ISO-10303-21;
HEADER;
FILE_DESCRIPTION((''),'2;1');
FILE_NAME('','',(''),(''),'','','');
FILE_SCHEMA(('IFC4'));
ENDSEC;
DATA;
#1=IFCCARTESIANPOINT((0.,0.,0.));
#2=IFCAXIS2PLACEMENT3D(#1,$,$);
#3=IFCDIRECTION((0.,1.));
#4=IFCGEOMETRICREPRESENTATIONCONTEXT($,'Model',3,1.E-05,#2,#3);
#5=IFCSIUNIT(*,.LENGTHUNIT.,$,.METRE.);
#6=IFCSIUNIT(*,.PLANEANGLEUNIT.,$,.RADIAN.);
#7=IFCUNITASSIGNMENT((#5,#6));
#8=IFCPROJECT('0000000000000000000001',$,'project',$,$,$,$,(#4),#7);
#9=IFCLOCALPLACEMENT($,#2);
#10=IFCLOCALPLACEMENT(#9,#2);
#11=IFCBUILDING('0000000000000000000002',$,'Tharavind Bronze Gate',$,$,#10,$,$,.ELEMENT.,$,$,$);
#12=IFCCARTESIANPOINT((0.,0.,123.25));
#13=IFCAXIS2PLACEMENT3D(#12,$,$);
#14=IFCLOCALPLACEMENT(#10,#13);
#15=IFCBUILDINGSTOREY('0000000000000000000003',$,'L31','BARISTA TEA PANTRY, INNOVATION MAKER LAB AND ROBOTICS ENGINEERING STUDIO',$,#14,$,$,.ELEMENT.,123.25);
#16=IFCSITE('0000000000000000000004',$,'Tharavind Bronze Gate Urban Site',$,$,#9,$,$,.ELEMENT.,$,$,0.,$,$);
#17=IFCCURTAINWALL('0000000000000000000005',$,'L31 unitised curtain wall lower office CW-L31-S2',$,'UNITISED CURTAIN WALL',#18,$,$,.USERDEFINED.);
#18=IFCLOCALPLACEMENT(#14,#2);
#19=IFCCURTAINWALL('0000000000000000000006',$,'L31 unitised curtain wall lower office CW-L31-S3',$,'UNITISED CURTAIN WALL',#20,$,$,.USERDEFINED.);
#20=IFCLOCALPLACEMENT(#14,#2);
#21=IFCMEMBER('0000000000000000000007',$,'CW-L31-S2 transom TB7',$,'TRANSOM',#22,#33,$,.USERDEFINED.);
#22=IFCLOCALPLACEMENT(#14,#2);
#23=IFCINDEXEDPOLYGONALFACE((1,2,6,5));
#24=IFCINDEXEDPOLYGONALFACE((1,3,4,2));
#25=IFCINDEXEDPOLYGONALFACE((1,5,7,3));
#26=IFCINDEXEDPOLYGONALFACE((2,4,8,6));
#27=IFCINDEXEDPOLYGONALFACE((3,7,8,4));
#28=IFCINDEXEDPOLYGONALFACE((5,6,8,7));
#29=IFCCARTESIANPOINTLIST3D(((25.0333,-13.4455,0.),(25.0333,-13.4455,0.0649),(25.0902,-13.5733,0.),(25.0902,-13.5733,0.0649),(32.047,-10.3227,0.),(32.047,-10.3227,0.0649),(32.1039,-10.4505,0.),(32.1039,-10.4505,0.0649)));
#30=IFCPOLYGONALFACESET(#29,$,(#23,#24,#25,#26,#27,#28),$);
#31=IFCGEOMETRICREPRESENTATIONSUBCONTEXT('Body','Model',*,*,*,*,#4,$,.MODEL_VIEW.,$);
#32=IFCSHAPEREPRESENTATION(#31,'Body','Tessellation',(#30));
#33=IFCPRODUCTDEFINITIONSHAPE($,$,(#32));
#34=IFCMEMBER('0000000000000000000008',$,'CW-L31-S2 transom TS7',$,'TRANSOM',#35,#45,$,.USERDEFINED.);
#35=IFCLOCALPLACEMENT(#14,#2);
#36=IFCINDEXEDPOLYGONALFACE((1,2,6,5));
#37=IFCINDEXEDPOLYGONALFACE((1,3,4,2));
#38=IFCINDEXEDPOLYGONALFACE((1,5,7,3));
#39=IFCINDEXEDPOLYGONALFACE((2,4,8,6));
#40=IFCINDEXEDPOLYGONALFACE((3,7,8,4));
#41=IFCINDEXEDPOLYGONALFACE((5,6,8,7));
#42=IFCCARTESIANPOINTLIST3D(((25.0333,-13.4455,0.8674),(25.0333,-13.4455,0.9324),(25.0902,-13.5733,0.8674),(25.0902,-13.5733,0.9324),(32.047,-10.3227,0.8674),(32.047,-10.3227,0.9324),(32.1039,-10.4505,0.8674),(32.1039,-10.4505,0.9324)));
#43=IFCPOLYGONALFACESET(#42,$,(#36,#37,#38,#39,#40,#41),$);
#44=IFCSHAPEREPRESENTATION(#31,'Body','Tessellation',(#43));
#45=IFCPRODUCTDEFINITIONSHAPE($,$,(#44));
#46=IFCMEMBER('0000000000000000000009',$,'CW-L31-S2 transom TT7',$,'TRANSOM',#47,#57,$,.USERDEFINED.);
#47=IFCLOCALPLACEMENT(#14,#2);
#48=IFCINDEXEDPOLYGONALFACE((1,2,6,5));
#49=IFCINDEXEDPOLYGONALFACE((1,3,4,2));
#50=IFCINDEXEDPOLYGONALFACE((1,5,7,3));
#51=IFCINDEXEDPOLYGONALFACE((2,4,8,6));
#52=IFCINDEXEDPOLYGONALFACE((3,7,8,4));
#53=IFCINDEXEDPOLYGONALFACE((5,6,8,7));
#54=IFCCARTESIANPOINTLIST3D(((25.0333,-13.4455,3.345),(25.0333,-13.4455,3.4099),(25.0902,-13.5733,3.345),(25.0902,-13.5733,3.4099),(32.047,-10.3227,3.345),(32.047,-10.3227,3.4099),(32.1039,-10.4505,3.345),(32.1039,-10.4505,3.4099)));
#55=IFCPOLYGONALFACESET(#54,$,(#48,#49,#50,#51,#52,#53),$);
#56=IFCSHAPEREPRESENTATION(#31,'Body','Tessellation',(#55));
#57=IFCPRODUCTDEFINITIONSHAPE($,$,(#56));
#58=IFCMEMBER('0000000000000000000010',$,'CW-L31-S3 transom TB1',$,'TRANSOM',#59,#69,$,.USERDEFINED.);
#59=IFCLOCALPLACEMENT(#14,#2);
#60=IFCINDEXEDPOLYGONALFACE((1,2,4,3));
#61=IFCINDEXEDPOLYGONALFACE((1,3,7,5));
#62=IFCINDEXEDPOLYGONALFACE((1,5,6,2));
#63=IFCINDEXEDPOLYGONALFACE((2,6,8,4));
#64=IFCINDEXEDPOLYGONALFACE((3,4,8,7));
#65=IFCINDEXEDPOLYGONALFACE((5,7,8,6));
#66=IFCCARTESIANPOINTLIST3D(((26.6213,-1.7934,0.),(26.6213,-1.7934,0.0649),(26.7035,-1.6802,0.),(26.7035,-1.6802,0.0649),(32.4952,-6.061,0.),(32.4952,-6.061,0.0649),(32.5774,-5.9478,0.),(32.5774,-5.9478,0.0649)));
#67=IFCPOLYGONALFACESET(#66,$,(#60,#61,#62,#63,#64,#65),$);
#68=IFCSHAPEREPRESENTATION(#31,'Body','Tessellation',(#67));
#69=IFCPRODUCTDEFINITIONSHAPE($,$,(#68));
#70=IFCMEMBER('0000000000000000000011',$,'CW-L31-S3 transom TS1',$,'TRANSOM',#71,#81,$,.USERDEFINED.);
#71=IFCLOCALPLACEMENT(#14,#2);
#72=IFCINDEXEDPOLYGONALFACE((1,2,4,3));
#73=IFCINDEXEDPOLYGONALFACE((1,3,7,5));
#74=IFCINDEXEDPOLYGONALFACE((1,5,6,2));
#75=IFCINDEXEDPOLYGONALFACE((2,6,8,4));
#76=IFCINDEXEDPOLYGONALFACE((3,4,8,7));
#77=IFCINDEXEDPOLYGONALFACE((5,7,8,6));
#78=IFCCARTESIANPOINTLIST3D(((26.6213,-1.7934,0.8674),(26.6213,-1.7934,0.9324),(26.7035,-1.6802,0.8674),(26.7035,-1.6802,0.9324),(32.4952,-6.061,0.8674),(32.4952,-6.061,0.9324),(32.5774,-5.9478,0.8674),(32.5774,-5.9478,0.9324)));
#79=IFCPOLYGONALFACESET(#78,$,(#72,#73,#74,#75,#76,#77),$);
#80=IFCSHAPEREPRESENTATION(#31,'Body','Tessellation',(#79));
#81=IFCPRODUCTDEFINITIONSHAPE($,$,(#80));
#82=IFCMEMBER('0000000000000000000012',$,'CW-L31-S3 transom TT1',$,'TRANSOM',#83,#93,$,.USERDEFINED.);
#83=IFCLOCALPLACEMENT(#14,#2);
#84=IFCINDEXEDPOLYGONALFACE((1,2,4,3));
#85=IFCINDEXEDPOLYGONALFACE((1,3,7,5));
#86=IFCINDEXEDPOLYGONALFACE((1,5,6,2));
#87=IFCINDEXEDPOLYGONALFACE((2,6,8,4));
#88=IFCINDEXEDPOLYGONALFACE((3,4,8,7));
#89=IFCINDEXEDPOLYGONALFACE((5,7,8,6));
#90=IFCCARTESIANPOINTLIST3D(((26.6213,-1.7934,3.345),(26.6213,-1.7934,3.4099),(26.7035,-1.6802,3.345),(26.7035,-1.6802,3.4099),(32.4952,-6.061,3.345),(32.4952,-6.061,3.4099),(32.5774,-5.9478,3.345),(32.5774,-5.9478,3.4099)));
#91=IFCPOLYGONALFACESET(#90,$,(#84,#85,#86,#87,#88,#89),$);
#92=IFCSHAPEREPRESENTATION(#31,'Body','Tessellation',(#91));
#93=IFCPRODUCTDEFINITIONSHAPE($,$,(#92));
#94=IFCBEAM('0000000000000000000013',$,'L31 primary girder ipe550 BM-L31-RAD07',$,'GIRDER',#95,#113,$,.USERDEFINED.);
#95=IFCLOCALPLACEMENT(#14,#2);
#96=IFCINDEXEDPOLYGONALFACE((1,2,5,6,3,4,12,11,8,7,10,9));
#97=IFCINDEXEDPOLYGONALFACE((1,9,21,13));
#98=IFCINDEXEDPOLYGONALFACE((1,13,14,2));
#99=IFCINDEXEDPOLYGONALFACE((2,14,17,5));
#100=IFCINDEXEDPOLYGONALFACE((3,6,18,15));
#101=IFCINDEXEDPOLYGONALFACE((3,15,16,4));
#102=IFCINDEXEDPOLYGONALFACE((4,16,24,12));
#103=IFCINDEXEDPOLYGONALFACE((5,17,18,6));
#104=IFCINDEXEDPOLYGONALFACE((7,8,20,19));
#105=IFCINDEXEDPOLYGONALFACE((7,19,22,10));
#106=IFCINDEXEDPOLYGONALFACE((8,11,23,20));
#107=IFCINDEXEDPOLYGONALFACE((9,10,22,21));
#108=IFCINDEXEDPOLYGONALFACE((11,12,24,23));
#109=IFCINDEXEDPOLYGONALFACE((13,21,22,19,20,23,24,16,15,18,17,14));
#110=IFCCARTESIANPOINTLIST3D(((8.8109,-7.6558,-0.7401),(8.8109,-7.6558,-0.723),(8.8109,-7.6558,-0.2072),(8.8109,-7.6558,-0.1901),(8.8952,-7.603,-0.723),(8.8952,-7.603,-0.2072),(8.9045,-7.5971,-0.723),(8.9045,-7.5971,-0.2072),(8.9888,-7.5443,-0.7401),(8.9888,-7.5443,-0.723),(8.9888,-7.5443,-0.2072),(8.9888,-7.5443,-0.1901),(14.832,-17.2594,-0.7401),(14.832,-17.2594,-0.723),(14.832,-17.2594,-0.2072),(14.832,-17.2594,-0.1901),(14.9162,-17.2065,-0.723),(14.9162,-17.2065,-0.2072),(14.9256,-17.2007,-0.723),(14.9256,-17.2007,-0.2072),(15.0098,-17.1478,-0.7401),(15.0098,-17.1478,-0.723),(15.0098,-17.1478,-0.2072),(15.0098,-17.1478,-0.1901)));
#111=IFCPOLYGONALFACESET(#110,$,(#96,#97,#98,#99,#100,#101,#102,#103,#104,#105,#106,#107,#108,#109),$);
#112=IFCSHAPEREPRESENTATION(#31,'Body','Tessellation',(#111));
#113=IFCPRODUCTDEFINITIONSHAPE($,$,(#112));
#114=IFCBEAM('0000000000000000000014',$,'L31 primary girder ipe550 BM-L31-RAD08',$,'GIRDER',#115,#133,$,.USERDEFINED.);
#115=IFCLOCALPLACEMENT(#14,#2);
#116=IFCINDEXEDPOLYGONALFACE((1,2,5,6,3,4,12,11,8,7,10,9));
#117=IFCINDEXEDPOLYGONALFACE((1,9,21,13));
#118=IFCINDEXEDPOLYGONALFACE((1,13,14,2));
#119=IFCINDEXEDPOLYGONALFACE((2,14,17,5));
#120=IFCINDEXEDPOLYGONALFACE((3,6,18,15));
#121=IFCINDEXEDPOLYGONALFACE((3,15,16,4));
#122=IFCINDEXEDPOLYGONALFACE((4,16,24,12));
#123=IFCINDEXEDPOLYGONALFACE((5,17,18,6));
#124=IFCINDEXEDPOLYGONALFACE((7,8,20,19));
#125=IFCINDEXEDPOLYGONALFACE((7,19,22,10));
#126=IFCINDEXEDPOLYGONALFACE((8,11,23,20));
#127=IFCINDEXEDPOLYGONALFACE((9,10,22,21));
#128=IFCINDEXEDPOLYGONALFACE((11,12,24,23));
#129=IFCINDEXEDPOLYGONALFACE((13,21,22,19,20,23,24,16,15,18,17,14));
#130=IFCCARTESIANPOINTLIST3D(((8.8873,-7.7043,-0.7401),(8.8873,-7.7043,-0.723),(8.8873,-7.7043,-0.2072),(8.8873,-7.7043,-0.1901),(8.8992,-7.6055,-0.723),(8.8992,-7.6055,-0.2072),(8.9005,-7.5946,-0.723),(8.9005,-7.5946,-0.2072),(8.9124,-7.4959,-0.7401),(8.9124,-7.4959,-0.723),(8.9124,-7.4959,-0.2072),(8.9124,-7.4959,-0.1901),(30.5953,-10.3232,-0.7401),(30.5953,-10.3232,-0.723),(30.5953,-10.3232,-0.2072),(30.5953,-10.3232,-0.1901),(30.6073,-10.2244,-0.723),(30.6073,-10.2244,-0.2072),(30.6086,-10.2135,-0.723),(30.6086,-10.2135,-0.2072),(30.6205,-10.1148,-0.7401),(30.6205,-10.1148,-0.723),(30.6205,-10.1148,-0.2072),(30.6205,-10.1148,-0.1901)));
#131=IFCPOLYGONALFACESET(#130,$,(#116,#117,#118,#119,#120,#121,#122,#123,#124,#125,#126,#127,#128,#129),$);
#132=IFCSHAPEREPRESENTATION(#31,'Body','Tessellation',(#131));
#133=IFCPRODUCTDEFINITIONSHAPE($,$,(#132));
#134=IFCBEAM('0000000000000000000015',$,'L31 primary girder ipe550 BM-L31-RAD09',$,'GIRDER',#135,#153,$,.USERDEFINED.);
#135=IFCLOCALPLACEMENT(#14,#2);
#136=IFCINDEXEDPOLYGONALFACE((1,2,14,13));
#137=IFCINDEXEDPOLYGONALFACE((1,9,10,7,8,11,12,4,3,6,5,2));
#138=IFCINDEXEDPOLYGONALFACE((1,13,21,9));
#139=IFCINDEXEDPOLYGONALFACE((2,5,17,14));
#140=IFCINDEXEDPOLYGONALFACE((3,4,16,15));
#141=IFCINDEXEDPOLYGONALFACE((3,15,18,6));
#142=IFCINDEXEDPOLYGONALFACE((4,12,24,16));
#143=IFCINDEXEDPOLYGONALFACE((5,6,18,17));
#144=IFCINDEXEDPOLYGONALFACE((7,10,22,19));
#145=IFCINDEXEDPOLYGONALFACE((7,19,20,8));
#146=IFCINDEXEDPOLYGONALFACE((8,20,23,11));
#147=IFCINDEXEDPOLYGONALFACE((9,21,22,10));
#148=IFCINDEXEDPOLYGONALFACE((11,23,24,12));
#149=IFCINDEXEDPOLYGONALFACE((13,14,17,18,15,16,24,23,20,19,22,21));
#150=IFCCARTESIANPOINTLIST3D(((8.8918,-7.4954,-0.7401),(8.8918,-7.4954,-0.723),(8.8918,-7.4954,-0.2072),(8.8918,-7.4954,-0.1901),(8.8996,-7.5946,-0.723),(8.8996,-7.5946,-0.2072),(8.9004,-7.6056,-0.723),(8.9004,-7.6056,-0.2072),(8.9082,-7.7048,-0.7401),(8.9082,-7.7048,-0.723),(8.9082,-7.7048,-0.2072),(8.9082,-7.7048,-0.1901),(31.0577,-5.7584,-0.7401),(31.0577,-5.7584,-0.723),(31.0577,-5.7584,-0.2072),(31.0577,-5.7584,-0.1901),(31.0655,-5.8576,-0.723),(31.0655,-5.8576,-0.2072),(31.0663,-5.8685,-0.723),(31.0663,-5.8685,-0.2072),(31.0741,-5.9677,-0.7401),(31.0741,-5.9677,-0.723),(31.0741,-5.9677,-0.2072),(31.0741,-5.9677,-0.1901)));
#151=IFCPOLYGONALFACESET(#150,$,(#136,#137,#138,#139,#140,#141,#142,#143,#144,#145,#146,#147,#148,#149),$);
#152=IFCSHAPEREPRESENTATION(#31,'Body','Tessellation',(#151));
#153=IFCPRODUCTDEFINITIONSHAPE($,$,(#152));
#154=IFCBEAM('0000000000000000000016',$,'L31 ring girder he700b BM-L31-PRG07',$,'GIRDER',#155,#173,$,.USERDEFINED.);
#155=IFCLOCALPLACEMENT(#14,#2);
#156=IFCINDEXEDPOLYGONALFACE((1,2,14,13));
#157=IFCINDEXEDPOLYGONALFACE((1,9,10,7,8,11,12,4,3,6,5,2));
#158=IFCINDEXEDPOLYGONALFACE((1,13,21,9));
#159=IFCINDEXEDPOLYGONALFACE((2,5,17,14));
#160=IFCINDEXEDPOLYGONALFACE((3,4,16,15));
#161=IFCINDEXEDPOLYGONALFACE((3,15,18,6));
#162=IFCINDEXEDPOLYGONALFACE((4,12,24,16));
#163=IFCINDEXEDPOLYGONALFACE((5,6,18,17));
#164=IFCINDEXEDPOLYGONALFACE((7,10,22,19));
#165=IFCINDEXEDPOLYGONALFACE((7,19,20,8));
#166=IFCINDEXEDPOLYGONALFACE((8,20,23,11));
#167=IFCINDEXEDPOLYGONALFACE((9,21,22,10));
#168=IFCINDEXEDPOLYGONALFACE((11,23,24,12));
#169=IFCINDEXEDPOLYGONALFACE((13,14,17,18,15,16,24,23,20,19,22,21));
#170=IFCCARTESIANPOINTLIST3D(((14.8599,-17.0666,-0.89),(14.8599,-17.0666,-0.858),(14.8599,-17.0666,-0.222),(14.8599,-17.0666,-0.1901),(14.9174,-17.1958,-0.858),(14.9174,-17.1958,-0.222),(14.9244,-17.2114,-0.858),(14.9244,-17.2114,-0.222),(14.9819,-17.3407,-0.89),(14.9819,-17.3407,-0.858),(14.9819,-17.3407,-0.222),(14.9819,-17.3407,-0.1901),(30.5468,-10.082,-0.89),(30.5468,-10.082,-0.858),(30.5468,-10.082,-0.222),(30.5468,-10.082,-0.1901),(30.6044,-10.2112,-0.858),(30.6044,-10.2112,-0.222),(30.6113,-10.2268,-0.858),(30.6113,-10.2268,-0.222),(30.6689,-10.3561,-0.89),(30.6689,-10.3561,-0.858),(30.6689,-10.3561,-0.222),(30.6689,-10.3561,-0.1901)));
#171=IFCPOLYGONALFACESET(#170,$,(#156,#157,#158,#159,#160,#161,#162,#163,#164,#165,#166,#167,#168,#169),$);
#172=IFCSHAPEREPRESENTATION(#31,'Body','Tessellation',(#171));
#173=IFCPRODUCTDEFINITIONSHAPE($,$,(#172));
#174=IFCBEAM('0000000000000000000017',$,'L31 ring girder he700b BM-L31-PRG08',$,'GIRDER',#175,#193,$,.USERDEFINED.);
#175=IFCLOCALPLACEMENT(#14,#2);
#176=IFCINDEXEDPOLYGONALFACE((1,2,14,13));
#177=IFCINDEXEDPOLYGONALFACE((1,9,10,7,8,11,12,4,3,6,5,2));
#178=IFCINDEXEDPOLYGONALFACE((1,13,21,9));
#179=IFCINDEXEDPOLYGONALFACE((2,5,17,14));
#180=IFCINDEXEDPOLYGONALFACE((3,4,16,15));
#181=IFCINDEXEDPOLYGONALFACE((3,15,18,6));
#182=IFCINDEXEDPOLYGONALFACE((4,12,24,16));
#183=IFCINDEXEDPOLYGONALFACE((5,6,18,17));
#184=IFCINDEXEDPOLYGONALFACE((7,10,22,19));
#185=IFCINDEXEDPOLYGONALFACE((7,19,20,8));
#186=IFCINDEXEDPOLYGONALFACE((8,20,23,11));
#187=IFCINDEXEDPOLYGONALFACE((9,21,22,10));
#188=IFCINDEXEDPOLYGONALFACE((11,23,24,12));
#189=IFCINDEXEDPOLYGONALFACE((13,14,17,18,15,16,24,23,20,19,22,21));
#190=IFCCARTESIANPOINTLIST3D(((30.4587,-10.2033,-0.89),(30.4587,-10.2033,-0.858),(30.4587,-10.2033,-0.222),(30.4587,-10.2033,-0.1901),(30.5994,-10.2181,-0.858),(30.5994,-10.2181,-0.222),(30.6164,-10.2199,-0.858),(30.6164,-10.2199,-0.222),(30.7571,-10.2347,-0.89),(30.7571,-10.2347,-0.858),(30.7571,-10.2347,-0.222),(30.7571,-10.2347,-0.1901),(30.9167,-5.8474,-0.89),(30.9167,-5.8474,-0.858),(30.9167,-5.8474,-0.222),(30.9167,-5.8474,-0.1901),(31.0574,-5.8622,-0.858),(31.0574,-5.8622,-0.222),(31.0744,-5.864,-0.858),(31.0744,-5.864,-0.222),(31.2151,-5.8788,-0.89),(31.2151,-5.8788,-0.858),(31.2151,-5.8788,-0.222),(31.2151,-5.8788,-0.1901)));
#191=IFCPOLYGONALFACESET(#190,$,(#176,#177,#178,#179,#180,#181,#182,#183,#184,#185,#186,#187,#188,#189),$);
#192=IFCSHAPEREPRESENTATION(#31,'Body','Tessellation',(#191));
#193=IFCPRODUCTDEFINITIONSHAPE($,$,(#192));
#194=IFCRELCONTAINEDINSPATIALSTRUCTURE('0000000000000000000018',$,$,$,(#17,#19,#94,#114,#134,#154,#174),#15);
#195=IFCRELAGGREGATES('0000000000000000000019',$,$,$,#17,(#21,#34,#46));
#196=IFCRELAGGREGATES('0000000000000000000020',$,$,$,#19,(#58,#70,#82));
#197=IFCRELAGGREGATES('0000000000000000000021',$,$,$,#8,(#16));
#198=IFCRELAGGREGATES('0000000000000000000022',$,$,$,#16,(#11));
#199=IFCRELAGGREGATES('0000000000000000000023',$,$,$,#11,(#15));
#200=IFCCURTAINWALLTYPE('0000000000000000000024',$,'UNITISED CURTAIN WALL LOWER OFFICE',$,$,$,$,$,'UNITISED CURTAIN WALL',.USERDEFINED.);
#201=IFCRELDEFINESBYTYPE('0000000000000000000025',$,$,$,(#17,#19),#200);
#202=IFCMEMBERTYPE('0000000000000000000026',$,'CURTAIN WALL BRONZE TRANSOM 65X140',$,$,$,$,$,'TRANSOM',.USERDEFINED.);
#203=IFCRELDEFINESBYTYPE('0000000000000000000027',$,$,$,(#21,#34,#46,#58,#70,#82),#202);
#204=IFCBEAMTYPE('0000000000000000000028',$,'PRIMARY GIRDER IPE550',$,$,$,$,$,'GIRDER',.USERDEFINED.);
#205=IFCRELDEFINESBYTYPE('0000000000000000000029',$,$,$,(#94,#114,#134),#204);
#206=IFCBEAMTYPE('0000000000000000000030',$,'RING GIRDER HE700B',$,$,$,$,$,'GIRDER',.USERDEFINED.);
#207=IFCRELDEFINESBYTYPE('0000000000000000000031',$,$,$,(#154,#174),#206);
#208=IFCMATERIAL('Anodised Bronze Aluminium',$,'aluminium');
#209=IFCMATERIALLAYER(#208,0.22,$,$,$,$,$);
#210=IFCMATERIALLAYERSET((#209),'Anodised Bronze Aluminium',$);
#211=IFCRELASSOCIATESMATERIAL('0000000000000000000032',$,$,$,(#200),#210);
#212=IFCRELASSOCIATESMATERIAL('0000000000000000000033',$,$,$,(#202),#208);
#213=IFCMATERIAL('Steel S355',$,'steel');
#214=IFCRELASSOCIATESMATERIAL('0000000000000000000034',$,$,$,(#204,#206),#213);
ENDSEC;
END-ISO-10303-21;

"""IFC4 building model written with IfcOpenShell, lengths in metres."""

from ifc_helpers import new_model, si_unit, direction, frame, origin, origin_2d, place, context, subcontext, project, spatial, rectangle, i_section, extrude, material, layer, layer_set, material_profile, profile_set, type_object, element, aggregate, save


model = new_model("IFC4")

# Units and contexts
model_context = context("Model", 3, precision=1e-05, world=origin(), true_north=direction((0.0, 1.0)))
body_context = subcontext(model_context, "Body", "Model", "MODEL_VIEW")
ifc_project = project(units=[si_unit("LENGTHUNIT", "METRE"), si_unit("PLANEANGLEUNIT", "RADIAN")], contexts=[model_context])

# Site, building, storey
site_placement = place(None, origin())
site = spatial("IfcSite", under=ifc_project, at=site_placement, Name="Tharavind Bronze Gate Urban Site", CompositionType="ELEMENT", RefElevation=0.0)
building_placement = place(site_placement, origin())
building = spatial("IfcBuilding", under=site, at=building_placement, Name="Tharavind Bronze Gate", CompositionType="ELEMENT")
storey_placement = place(building_placement, frame((0.0, 0.0, 123.25)))
storey = spatial("IfcBuildingStorey", under=building, at=storey_placement, Name="L31", Description="BARISTA TEA PANTRY, INNOVATION MAKER LAB AND ROBOTICS ENGINEERING STUDIO", CompositionType="ELEMENT", Elevation=123.25)

# Curtain walls
ifc_material_1 = material(Name="Anodised Bronze Aluminium", Category="aluminium")
ifc_layer_1 = layer(ifc_material_1, 0.22)
ifc_layer_set_1 = layer_set([ifc_layer_1], Name="Anodised Bronze Aluminium")
curtain_wall_type = type_object("IfcCurtainWallType", Name="UNITISED CURTAIN WALL LOWER OFFICE", ElementType="UNITISED CURTAIN WALL", PredefinedType="USERDEFINED", material=ifc_layer_set_1)
curtain_wall_1_placement = place(storey_placement, origin())
curtain_wall_1 = element("IfcCurtainWall", 1, at=curtain_wall_1_placement, inside=storey, type_object=curtain_wall_type, Name="L31 unitised curtain wall lower office CW-L31-S2", ObjectType="UNITISED CURTAIN WALL", PredefinedType="USERDEFINED")
curtain_wall_2_placement = place(storey_placement, origin())
curtain_wall_2 = element("IfcCurtainWall", 2, at=curtain_wall_2_placement, inside=storey, type_object=curtain_wall_type, Name="L31 unitised curtain wall lower office CW-L31-S3", ObjectType="UNITISED CURTAIN WALL", PredefinedType="USERDEFINED")

# Members
member_type_1 = type_object("IfcMemberType", Name="CURTAIN WALL BRONZE TRANSOM 65X140", ElementType="TRANSOM", PredefinedType="USERDEFINED", material=ifc_material_1)
member_1_placement = place(storey_placement, frame((28.5686, -11.948, 0.0), z_axis=(0.0, 0.0, 1.0), x_axis=(0.913545, 0.406737, 0.0)))
member_1 = element("IfcMember", 3, at=member_1_placement, type_object=member_type_1, Name="CW-L31-S2 transom TB7", ObjectType="TRANSOM", PredefinedType="USERDEFINED", context=body_context, shape_type="SweptSolid", body=[
    extrude(rectangle(XDim=7.6775, YDim=0.1399, at=origin_2d()), origin(), (0.0, 0.0, 1.0), 0.0649),
])
member_2_placement = place(storey_placement, frame((28.5686, -11.948, 0.8674), z_axis=(0.0, 0.0, 1.0), x_axis=(0.913545, 0.406737, 0.0)))
member_2 = element("IfcMember", 4, at=member_2_placement, type_object=member_type_1, Name="CW-L31-S2 transom TS7", ObjectType="TRANSOM", PredefinedType="USERDEFINED", context=body_context, shape_type="SweptSolid", body=[
    extrude(rectangle(XDim=7.6775, YDim=0.1399, at=origin_2d()), origin(), (0.0, 0.0, 1.0), 0.0649),
])
member_3_placement = place(storey_placement, frame((28.5686, -11.948, 3.345), z_axis=(0.0, 0.0, 1.0), x_axis=(0.913545, 0.406737, 0.0)))
member_3 = element("IfcMember", 5, at=member_3_placement, type_object=member_type_1, Name="CW-L31-S2 transom TT7", ObjectType="TRANSOM", PredefinedType="USERDEFINED", context=body_context, shape_type="SweptSolid", body=[
    extrude(rectangle(XDim=7.6775, YDim=0.1399, at=origin_2d()), origin(), (0.0, 0.0, 1.0), 0.0649),
])
member_4_placement = place(storey_placement, frame((29.5994, -3.8706, 0.0), z_axis=(0.0, 0.0, 1.0), x_axis=(-0.809017, 0.587785, 0.0)))
member_4 = element("IfcMember", 6, at=member_4_placement, type_object=member_type_1, Name="CW-L31-S3 transom TB1", ObjectType="TRANSOM", PredefinedType="USERDEFINED", context=body_context, shape_type="SweptSolid", body=[
    extrude(rectangle(XDim=7.2605, YDim=0.1399, at=origin_2d()), origin(), (0.0, 0.0, 1.0), 0.0649),
])
member_5_placement = place(storey_placement, frame((29.5994, -3.8706, 0.8674), z_axis=(0.0, 0.0, 1.0), x_axis=(-0.809017, 0.587785, 0.0)))
member_5 = element("IfcMember", 7, at=member_5_placement, type_object=member_type_1, Name="CW-L31-S3 transom TS1", ObjectType="TRANSOM", PredefinedType="USERDEFINED", context=body_context, shape_type="SweptSolid", body=[
    extrude(rectangle(XDim=7.2605, YDim=0.1399, at=origin_2d()), origin(), (0.0, 0.0, 1.0), 0.0649),
])
member_6_placement = place(storey_placement, frame((29.5994, -3.8706, 3.345), z_axis=(0.0, 0.0, 1.0), x_axis=(-0.809017, 0.587785, 0.0)))
member_6 = element("IfcMember", 8, at=member_6_placement, type_object=member_type_1, Name="CW-L31-S3 transom TT1", ObjectType="TRANSOM", PredefinedType="USERDEFINED", context=body_context, shape_type="SweptSolid", body=[
    extrude(rectangle(XDim=7.2605, YDim=0.1399, at=origin_2d()), origin(), (0.0, 0.0, 1.0), 0.0649),
])

# Beams
ifc_material_2 = material(Name="Steel S355", Category="steel")
ifc_material_profile_1 = material_profile(ifc_material_2, i_section(OverallWidth=0.21, OverallDepth=0.55, WebThickness=0.011, FlangeThickness=0.0171, at=origin_2d()), Name="IPE550")
ifc_profile_set_1 = profile_set([ifc_material_profile_1], Name="Steel S355")
beam_type_1 = type_object("IfcBeamType", Name="PRIMARY GIRDER IPE550", ElementType="GIRDER", PredefinedType="USERDEFINED", material=ifc_profile_set_1)
beam_1_placement = place(storey_placement, frame((14.9209, -17.2036, -0.4651), z_axis=(-0.531191, 0.847252, 0.0), x_axis=(-0.847252, -0.531191, 0.0)))
element("IfcBeam", 9, at=beam_1_placement, inside=storey, type_object=beam_type_1, Name="L31 primary girder ipe550 BM-L31-RAD07", ObjectType="GIRDER", PredefinedType="USERDEFINED", context=body_context, shape_type="SweptSolid", body=[
    extrude(i_section(OverallWidth=0.21, OverallDepth=0.55, WebThickness=0.011, FlangeThickness=0.0171, at=origin_2d()), origin(), (0.0, 0.0, 1.0), 11.335),
])
beam_2_placement = place(storey_placement, frame((30.6079, -10.219, -0.4651), z_axis=(-0.992801, 0.119773, 0.0), x_axis=(-0.119773, -0.992801, 0.0)))
element("IfcBeam", 10, at=beam_2_placement, inside=storey, type_object=beam_type_1, Name="L31 primary girder ipe550 BM-L31-RAD08", ObjectType="GIRDER", PredefinedType="USERDEFINED", context=body_context, shape_type="SweptSolid", body=[
    extrude(i_section(OverallWidth=0.21, OverallDepth=0.55, WebThickness=0.011, FlangeThickness=0.0171, at=origin_2d()), origin(), (0.0, 0.0, 1.0), 21.8655),
])
beam_3_placement = place(storey_placement, frame((31.0659, -5.863, -0.4651), z_axis=(-0.996943, -0.078126, 0.0), x_axis=(0.078126, -0.996943, 0.0)))
element("IfcBeam", 11, at=beam_3_placement, inside=storey, type_object=beam_type_1, Name="L31 primary girder ipe550 BM-L31-RAD09", ObjectType="GIRDER", PredefinedType="USERDEFINED", context=body_context, shape_type="SweptSolid", body=[
    extrude(i_section(OverallWidth=0.21, OverallDepth=0.55, WebThickness=0.011, FlangeThickness=0.0171, at=origin_2d()), origin(), (0.0, 0.0, 1.0), 22.2339),
])
ifc_material_profile_2 = material_profile(ifc_material_2, i_section(OverallWidth=0.3, OverallDepth=0.7, WebThickness=0.0171, FlangeThickness=0.032, at=origin_2d()), Name="HE700B")
ifc_profile_set_2 = profile_set([ifc_material_profile_2], Name="Steel S355")
beam_type_2 = type_object("IfcBeamType", Name="RING GIRDER HE700B", ElementType="GIRDER", PredefinedType="USERDEFINED", material=ifc_profile_set_2)
beam_4_placement = place(storey_placement, frame((14.9209, -17.2036, -0.54), z_axis=(0.913539, 0.406752, 0.0), x_axis=(-0.406752, 0.913539, 0.0)))
element("IfcBeam", 12, at=beam_4_placement, inside=storey, type_object=beam_type_2, Name="L31 ring girder he700b BM-L31-PRG07", ObjectType="GIRDER", PredefinedType="USERDEFINED", context=body_context, shape_type="SweptSolid", body=[
    extrude(i_section(OverallWidth=0.3, OverallDepth=0.7, WebThickness=0.0171, FlangeThickness=0.032, at=origin_2d()), origin(), (0.0, 0.0, 1.0), 17.1716),
])
beam_5_placement = place(storey_placement, frame((30.6079, -10.219, -0.54), z_axis=(0.104569, 0.994518, 0.0), x_axis=(-0.994518, 0.104569, 0.0)))
element("IfcBeam", 13, at=beam_5_placement, inside=storey, type_object=beam_type_2, Name="L31 ring girder he700b BM-L31-PRG08", ObjectType="GIRDER", PredefinedType="USERDEFINED", context=body_context, shape_type="SweptSolid", body=[
    extrude(i_section(OverallWidth=0.3, OverallDepth=0.7, WebThickness=0.0171, FlangeThickness=0.032, at=origin_2d()), origin(), (0.0, 0.0, 1.0), 4.3799),
])

aggregate(curtain_wall_1, [member_1, member_2, member_3])
aggregate(curtain_wall_2, [member_4, member_5, member_6])

save(model, "model.ifc")
